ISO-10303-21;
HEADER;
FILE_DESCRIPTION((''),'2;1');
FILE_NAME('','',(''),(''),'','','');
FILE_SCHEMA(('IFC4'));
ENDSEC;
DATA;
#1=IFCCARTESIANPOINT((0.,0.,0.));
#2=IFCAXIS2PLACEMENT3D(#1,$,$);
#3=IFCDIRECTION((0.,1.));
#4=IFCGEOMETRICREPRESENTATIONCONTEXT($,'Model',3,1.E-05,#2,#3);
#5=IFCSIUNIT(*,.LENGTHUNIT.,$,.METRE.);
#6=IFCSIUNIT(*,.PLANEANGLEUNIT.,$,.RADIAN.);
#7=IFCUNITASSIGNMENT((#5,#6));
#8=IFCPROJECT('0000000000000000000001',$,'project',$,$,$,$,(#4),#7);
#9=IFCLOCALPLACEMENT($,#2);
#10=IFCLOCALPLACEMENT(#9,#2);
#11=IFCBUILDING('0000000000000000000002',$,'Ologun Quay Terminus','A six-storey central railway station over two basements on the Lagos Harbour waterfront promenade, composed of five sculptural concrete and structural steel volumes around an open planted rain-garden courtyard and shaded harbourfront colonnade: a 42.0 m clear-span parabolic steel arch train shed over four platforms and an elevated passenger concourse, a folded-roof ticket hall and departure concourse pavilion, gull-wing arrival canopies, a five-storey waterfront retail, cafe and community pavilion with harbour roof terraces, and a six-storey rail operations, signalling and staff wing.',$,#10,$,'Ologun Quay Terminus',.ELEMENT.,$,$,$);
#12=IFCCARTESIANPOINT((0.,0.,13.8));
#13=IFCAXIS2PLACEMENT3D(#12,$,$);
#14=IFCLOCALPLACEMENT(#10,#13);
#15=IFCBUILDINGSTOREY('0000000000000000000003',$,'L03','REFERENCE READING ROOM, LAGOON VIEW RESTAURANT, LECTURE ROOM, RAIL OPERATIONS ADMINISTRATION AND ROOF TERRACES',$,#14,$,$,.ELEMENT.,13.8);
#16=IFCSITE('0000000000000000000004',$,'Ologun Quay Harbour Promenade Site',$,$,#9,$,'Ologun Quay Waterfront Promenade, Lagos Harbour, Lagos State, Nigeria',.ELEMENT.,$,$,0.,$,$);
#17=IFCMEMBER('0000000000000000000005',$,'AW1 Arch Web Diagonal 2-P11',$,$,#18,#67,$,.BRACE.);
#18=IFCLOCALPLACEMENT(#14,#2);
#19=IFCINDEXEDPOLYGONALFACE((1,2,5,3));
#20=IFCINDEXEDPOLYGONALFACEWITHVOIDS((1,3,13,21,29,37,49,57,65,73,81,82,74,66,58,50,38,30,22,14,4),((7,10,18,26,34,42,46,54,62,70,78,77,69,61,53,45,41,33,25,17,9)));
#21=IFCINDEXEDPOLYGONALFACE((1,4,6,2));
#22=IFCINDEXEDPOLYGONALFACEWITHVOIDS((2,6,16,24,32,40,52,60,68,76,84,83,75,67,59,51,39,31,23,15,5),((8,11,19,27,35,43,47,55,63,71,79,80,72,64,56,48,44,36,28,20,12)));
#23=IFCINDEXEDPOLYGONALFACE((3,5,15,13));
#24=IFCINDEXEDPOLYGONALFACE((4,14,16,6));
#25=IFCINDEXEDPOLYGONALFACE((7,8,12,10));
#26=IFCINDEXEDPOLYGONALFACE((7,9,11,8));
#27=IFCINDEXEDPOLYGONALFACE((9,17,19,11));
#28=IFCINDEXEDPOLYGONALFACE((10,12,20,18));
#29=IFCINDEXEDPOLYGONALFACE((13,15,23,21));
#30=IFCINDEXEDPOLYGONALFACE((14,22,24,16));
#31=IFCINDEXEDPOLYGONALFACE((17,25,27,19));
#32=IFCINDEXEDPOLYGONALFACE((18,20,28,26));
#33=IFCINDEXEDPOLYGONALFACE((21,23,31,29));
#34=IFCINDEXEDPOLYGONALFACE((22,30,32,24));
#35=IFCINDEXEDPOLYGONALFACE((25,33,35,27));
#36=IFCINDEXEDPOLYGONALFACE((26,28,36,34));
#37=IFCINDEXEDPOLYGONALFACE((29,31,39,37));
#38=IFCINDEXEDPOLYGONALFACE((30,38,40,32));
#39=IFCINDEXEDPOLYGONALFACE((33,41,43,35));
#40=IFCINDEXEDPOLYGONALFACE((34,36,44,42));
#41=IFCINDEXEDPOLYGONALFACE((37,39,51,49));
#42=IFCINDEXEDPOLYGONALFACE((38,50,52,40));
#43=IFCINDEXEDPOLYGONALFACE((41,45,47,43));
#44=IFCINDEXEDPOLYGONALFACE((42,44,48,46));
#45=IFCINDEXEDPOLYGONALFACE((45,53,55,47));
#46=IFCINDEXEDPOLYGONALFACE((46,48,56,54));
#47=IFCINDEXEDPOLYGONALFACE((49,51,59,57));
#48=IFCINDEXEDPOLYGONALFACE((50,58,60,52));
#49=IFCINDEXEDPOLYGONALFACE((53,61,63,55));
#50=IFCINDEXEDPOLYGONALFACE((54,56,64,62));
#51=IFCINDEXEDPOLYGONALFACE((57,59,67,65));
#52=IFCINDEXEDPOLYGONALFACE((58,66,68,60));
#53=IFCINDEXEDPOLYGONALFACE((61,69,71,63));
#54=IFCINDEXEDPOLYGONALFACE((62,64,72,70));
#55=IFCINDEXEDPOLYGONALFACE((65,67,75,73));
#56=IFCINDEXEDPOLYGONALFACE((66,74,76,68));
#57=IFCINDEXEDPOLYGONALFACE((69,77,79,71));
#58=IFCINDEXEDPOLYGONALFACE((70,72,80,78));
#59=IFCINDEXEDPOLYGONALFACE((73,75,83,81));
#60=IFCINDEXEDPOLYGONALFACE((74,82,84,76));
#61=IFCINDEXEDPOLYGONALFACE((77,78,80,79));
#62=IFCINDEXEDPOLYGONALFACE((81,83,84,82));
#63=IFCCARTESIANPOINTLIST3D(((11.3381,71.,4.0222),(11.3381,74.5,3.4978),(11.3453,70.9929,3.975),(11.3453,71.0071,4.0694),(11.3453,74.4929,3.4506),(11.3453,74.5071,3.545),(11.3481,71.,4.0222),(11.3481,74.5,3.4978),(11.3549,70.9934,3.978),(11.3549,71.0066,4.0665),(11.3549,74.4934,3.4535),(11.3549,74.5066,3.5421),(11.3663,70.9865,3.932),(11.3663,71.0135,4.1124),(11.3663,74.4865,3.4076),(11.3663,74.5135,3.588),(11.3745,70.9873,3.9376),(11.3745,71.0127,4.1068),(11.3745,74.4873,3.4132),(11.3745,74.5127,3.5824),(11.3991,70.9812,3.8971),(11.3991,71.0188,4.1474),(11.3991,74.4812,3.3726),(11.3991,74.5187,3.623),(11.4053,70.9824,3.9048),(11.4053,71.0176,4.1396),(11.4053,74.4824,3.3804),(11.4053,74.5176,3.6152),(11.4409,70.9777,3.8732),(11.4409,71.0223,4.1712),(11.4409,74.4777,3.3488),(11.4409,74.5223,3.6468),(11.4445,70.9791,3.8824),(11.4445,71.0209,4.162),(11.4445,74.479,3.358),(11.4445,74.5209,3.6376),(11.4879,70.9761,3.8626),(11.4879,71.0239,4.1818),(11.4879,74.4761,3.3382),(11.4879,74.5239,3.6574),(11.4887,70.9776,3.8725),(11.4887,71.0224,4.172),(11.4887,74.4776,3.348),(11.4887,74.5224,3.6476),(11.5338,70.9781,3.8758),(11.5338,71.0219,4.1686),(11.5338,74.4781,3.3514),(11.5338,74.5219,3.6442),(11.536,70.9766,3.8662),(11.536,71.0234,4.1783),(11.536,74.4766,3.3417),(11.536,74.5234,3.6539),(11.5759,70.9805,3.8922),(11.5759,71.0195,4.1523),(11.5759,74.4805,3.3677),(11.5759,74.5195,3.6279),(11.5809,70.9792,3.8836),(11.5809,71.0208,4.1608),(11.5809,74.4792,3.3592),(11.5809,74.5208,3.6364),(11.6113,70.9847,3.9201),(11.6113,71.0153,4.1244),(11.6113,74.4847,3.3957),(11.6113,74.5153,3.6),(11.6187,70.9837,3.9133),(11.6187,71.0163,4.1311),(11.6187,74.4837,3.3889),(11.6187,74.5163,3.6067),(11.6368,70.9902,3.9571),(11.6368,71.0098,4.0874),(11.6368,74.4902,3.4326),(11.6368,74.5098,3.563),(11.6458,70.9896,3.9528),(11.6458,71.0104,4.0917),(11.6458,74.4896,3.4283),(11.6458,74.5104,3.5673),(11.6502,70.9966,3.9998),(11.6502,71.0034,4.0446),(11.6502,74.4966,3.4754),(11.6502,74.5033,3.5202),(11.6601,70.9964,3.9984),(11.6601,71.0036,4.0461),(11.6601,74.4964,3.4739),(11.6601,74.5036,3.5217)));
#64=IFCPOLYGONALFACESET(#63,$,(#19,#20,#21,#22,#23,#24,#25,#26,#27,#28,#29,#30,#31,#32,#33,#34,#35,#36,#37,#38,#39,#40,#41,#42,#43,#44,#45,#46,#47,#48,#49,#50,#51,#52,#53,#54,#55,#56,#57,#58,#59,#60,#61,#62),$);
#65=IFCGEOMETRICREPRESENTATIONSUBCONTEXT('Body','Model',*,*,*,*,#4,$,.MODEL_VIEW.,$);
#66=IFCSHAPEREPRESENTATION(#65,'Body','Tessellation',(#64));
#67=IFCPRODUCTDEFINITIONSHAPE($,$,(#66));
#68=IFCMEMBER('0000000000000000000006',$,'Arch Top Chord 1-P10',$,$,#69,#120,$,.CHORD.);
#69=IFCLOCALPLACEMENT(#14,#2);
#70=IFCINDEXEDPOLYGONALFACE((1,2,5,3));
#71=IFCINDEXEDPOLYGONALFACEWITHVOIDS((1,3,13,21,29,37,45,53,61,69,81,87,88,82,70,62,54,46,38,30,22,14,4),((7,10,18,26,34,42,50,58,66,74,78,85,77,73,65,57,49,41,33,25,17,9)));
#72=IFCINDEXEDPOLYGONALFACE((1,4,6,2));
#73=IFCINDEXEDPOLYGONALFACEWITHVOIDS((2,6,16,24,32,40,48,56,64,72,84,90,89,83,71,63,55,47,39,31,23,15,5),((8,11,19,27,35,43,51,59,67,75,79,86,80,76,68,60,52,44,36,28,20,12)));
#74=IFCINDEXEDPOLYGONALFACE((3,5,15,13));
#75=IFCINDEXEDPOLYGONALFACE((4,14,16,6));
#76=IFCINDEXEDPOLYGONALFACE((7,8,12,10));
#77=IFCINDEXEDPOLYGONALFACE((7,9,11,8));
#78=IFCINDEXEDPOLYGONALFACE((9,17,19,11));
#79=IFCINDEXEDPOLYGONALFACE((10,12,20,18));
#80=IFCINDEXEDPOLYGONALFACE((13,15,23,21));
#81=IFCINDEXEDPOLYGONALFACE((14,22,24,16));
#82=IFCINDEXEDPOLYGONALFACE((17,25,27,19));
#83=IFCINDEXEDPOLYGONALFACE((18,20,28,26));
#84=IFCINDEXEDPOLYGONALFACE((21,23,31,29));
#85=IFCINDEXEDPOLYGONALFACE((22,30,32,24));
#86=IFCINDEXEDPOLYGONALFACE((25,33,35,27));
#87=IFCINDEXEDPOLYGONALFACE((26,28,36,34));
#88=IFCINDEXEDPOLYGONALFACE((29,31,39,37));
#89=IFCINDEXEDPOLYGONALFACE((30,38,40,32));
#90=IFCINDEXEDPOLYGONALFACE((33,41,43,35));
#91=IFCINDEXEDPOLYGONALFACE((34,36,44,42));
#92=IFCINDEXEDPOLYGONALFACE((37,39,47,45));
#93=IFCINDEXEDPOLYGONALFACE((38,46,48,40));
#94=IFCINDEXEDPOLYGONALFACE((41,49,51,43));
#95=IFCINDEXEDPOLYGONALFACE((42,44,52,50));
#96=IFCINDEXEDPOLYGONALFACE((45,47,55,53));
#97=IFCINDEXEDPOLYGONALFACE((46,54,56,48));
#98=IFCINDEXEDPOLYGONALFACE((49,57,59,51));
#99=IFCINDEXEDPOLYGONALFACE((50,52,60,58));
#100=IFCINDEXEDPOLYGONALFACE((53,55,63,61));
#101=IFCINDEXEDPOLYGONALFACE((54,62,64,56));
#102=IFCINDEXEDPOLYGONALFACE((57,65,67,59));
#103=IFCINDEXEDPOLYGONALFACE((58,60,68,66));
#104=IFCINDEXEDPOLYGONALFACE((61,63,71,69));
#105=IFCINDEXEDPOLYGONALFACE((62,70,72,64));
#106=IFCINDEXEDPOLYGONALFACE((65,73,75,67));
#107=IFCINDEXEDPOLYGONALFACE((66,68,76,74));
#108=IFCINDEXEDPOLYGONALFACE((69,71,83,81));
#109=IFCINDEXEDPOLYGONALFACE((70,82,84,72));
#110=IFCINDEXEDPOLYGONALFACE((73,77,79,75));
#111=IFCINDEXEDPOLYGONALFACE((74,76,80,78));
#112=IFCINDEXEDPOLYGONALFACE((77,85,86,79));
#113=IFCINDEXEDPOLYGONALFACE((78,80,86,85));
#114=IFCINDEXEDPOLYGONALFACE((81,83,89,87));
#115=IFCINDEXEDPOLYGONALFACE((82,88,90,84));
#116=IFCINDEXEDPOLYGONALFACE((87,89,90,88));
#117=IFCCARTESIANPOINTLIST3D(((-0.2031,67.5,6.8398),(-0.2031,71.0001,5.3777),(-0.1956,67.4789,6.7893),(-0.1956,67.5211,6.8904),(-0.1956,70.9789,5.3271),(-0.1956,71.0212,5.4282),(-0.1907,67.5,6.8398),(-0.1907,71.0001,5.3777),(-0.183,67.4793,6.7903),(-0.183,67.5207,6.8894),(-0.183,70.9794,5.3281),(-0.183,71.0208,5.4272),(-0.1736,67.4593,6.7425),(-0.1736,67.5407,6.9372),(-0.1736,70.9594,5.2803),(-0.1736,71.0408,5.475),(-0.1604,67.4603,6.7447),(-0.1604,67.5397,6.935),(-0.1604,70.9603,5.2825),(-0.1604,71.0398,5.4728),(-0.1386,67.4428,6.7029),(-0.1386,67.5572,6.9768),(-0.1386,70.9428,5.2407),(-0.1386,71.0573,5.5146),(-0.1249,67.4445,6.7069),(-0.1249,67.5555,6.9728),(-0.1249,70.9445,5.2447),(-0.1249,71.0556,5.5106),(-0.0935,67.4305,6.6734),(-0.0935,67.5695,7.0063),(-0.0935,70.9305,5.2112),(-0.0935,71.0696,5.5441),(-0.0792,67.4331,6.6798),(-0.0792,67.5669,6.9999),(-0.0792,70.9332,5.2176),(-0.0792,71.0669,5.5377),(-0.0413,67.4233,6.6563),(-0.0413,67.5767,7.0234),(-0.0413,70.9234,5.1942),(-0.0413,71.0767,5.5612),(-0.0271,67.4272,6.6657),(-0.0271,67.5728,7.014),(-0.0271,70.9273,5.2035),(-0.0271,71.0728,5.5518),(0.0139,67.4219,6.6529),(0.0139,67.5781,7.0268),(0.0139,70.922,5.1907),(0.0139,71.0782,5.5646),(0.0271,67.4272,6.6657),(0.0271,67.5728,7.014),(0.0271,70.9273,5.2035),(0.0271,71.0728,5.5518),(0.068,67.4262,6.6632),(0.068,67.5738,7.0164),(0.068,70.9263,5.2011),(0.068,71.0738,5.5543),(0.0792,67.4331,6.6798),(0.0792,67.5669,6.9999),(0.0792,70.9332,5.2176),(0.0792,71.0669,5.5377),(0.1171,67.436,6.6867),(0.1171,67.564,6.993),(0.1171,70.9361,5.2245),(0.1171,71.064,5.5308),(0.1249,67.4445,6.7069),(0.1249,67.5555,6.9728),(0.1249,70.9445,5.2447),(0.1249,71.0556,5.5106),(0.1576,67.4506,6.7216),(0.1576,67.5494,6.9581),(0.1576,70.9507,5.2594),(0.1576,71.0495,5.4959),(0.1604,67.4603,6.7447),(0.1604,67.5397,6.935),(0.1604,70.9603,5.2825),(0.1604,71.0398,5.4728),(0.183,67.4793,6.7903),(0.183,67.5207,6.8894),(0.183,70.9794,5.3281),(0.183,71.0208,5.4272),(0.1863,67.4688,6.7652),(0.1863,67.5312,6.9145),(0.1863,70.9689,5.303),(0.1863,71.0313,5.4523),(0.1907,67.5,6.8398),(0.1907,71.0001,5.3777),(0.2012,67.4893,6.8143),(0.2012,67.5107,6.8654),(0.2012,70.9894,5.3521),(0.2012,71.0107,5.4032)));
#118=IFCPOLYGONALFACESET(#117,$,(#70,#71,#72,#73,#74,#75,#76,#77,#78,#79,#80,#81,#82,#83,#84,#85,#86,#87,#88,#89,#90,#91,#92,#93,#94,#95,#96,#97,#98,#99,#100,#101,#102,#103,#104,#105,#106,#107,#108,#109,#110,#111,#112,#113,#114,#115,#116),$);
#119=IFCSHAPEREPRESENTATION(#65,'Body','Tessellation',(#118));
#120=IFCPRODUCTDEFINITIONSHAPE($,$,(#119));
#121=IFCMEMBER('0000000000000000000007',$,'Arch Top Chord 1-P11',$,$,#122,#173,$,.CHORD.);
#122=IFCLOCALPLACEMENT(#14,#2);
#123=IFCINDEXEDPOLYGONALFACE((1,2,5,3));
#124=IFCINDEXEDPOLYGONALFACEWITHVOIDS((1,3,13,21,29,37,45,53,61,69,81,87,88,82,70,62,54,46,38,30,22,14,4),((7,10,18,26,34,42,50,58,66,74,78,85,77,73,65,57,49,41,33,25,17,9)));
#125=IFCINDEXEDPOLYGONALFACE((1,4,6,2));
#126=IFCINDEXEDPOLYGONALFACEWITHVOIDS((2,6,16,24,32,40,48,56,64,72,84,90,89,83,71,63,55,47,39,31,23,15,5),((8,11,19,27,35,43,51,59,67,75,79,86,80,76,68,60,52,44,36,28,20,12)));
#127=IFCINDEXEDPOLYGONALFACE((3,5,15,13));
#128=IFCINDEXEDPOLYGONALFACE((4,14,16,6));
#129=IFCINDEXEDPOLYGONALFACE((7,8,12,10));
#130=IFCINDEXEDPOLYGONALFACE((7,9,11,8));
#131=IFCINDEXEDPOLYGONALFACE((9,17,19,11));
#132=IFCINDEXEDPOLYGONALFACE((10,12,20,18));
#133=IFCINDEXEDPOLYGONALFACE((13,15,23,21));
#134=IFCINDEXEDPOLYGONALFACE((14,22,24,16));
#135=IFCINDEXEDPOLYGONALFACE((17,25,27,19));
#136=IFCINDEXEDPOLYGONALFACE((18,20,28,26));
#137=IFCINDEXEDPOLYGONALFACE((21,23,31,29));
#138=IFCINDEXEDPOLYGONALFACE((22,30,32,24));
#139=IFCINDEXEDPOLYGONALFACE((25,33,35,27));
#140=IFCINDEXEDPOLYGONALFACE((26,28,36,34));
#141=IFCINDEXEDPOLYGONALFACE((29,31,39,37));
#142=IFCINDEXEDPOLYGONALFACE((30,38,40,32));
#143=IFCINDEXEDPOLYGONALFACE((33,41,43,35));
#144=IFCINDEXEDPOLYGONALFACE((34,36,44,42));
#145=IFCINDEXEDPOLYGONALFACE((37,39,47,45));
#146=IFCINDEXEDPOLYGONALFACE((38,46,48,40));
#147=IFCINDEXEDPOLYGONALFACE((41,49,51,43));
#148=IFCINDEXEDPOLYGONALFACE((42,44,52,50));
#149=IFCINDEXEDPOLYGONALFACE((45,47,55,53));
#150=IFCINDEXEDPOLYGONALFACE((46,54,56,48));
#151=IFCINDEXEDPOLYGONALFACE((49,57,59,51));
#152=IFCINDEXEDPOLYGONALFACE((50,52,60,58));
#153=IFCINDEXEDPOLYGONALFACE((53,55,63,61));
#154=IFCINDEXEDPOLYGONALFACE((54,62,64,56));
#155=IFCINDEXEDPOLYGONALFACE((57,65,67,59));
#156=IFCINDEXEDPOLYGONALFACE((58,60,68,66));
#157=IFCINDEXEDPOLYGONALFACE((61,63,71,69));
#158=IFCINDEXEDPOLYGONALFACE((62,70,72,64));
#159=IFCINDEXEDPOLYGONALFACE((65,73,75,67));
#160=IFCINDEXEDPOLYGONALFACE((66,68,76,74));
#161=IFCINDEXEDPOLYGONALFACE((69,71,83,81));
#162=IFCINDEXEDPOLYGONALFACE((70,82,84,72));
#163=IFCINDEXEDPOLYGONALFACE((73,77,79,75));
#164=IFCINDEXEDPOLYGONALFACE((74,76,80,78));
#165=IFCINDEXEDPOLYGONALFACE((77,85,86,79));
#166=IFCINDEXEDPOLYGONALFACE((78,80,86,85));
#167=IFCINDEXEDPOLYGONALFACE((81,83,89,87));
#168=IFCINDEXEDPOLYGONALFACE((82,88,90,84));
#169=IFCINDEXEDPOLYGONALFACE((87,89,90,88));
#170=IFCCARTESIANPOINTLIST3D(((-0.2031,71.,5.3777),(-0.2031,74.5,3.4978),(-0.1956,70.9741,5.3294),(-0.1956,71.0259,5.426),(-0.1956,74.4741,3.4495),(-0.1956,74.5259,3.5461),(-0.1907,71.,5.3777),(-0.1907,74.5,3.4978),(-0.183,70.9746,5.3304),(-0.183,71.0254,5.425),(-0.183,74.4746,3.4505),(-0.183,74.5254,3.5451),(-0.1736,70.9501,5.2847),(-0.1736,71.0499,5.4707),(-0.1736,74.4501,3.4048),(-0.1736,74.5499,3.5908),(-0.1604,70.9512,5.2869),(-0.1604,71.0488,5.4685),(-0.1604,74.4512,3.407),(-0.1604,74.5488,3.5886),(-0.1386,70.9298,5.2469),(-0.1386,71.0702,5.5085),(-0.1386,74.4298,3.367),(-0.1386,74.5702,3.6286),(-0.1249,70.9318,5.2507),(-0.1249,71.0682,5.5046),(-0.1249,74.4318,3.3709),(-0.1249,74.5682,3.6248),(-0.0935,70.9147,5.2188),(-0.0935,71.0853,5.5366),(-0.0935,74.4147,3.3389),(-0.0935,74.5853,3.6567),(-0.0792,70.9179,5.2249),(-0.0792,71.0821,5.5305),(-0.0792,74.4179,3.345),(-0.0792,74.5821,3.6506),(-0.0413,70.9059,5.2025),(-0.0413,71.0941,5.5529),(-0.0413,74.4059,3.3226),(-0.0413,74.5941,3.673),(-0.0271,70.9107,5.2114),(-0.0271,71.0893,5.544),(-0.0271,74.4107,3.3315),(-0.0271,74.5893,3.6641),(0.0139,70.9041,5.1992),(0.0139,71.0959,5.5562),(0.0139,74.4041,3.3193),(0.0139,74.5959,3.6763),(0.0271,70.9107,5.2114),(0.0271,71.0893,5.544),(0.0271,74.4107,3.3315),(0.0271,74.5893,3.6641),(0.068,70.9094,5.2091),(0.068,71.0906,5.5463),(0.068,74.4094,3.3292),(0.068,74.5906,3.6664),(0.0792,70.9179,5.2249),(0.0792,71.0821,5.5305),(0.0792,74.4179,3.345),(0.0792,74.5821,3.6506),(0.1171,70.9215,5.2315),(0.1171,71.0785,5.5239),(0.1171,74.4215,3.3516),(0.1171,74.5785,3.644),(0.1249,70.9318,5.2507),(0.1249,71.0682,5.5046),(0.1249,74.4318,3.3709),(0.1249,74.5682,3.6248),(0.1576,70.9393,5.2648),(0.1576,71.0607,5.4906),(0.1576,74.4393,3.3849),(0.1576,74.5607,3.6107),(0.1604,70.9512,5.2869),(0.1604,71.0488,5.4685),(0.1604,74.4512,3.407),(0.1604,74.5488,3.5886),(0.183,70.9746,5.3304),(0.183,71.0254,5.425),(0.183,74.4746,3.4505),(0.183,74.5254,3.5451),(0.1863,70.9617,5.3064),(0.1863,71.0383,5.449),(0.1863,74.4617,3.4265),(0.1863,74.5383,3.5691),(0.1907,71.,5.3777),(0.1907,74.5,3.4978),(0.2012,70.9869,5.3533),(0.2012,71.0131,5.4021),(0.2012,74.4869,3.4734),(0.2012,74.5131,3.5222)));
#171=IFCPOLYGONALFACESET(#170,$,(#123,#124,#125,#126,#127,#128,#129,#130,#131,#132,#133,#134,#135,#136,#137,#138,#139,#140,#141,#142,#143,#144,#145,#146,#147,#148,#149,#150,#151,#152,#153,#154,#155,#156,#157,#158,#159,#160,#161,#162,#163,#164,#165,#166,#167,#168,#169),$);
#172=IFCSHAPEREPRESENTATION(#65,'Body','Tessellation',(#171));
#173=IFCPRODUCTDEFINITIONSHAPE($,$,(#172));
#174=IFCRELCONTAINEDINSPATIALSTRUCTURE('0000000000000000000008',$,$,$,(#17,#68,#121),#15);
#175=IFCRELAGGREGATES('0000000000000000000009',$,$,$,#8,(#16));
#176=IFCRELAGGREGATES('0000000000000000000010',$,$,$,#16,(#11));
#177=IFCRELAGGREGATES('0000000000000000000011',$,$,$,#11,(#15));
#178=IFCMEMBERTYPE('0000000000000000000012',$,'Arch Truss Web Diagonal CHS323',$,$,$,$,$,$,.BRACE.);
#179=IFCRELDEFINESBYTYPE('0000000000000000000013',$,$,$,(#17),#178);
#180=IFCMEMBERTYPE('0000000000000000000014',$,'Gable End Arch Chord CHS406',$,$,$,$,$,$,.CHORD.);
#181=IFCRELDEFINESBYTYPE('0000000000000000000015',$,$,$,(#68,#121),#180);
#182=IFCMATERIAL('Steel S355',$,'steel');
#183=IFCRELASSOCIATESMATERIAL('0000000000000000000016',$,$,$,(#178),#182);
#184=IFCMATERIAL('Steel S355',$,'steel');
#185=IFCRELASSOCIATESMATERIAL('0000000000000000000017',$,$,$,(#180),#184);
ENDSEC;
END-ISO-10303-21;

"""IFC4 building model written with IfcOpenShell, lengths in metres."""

from ifc_helpers import new_model, si_unit, direction, frame, origin, origin_2d, place, context, subcontext, project, spatial, hollow_circle, extrude, material, material_profile, profile_set, type_object, element, save


model = new_model("IFC4")

# Units and contexts
model_context = context("Model", 3, precision=1e-05, world=origin(), true_north=direction((0.0, 1.0)))
body_context = subcontext(model_context, "Body", "Model", "MODEL_VIEW")
ifc_project = project(units=[si_unit("LENGTHUNIT", "METRE"), si_unit("PLANEANGLEUNIT", "RADIAN")], contexts=[model_context])

# Site, building, storey
site_placement = place(None, origin())
site = spatial("IfcSite", under=ifc_project, at=site_placement, Name="Ologun Quay Harbour Promenade Site", LongName="Ologun Quay Waterfront Promenade, Lagos Harbour, Lagos State, Nigeria", CompositionType="ELEMENT", RefElevation=0.0)
building_placement = place(site_placement, origin())
building = spatial("IfcBuilding", under=site, at=building_placement, Name="Ologun Quay Terminus", Description="A six-storey central railway station over two basements on the Lagos Harbour waterfront promenade, composed of five sculptural concrete and structural steel volumes around an open planted rain-garden courtyard and shaded harbourfront colonnade: a 42.0 m clear-span parabolic steel arch train shed over four platforms and an elevated passenger concourse, a folded-roof ticket hall and departure concourse pavilion, gull-wing arrival canopies, a five-storey waterfront retail, cafe and community pavilion with harbour roof terraces, and a six-storey rail operations, signalling and staff wing.", LongName="Ologun Quay Terminus", CompositionType="ELEMENT")
storey_placement = place(building_placement, frame((0.0, 0.0, 13.8)))
storey = spatial("IfcBuildingStorey", under=building, at=storey_placement, Name="L03", Description="REFERENCE READING ROOM, LAGOON VIEW RESTAURANT, LECTURE ROOM, RAIL OPERATIONS ADMINISTRATION AND ROOF TERRACES", CompositionType="ELEMENT", Elevation=13.8)

# Members
ifc_material_1 = material(Name="Steel S355", Category="steel")
ifc_material_profile_1 = material_profile(ifc_material_1, hollow_circle(Radius=0.1619, WallThickness=0.01, at=origin_2d()), Name="CHS 323.9x10")
ifc_profile_set_1 = profile_set([ifc_material_profile_1], Name="Steel S355")
member_type_1 = type_object("IfcMemberType", Name="Arch Truss Web Diagonal CHS323", PredefinedType="BRACE", material=ifc_profile_set_1)
member_1_placement = place(storey_placement, frame((11.5, 71.0, 4.0222), z_axis=(0.0, 0.988961, -0.148179), x_axis=(-1.0, 0.0, 0.0)))
element("IfcMember", 1, at=member_1_placement, inside=storey, type_object=member_type_1, Name="AW1 Arch Web Diagonal 2-P11", PredefinedType="BRACE", context=body_context, shape_type="SweptSolid", body=[
    extrude(hollow_circle(Radius=0.1619, WallThickness=0.01, at=origin_2d()), origin(), (0.0, 0.0, 1.0), 3.5391),
])
ifc_material_2 = material(Name="Steel S355", Category="steel")
ifc_material_profile_2 = material_profile(ifc_material_2, hollow_circle(Radius=0.2031, WallThickness=0.0125, at=origin_2d()), Name="CHS 406.4x12.5")
ifc_profile_set_2 = profile_set([ifc_material_profile_2], Name="Steel S355")
member_type_2 = type_object("IfcMemberType", Name="Gable End Arch Chord CHS406", PredefinedType="CHORD", material=ifc_profile_set_2)
member_2_placement = place(storey_placement, frame((0.0, 67.5, 6.8398), z_axis=(0.0, 0.922719, -0.385474), x_axis=(-1.0, 0.0, 0.0)))
element("IfcMember", 2, at=member_2_placement, inside=storey, type_object=member_type_2, Name="Arch Top Chord 1-P10", PredefinedType="CHORD", context=body_context, shape_type="SweptSolid", body=[
    extrude(hollow_circle(Radius=0.2031, WallThickness=0.0125, at=origin_2d()), origin(), (0.0, 0.0, 1.0), 3.7932),
])
member_3_placement = place(storey_placement, frame((0.0, 71.0, 5.3777), z_axis=(0.0, 0.880968, -0.473176), x_axis=(-1.0, 0.0, 0.0)))
element("IfcMember", 3, at=member_3_placement, inside=storey, type_object=member_type_2, Name="Arch Top Chord 1-P11", PredefinedType="CHORD", context=body_context, shape_type="SweptSolid", body=[
    extrude(hollow_circle(Radius=0.2031, WallThickness=0.0125, at=origin_2d()), origin(), (0.0, 0.0, 1.0), 3.9729),
])

save(model, "model.ifc")
